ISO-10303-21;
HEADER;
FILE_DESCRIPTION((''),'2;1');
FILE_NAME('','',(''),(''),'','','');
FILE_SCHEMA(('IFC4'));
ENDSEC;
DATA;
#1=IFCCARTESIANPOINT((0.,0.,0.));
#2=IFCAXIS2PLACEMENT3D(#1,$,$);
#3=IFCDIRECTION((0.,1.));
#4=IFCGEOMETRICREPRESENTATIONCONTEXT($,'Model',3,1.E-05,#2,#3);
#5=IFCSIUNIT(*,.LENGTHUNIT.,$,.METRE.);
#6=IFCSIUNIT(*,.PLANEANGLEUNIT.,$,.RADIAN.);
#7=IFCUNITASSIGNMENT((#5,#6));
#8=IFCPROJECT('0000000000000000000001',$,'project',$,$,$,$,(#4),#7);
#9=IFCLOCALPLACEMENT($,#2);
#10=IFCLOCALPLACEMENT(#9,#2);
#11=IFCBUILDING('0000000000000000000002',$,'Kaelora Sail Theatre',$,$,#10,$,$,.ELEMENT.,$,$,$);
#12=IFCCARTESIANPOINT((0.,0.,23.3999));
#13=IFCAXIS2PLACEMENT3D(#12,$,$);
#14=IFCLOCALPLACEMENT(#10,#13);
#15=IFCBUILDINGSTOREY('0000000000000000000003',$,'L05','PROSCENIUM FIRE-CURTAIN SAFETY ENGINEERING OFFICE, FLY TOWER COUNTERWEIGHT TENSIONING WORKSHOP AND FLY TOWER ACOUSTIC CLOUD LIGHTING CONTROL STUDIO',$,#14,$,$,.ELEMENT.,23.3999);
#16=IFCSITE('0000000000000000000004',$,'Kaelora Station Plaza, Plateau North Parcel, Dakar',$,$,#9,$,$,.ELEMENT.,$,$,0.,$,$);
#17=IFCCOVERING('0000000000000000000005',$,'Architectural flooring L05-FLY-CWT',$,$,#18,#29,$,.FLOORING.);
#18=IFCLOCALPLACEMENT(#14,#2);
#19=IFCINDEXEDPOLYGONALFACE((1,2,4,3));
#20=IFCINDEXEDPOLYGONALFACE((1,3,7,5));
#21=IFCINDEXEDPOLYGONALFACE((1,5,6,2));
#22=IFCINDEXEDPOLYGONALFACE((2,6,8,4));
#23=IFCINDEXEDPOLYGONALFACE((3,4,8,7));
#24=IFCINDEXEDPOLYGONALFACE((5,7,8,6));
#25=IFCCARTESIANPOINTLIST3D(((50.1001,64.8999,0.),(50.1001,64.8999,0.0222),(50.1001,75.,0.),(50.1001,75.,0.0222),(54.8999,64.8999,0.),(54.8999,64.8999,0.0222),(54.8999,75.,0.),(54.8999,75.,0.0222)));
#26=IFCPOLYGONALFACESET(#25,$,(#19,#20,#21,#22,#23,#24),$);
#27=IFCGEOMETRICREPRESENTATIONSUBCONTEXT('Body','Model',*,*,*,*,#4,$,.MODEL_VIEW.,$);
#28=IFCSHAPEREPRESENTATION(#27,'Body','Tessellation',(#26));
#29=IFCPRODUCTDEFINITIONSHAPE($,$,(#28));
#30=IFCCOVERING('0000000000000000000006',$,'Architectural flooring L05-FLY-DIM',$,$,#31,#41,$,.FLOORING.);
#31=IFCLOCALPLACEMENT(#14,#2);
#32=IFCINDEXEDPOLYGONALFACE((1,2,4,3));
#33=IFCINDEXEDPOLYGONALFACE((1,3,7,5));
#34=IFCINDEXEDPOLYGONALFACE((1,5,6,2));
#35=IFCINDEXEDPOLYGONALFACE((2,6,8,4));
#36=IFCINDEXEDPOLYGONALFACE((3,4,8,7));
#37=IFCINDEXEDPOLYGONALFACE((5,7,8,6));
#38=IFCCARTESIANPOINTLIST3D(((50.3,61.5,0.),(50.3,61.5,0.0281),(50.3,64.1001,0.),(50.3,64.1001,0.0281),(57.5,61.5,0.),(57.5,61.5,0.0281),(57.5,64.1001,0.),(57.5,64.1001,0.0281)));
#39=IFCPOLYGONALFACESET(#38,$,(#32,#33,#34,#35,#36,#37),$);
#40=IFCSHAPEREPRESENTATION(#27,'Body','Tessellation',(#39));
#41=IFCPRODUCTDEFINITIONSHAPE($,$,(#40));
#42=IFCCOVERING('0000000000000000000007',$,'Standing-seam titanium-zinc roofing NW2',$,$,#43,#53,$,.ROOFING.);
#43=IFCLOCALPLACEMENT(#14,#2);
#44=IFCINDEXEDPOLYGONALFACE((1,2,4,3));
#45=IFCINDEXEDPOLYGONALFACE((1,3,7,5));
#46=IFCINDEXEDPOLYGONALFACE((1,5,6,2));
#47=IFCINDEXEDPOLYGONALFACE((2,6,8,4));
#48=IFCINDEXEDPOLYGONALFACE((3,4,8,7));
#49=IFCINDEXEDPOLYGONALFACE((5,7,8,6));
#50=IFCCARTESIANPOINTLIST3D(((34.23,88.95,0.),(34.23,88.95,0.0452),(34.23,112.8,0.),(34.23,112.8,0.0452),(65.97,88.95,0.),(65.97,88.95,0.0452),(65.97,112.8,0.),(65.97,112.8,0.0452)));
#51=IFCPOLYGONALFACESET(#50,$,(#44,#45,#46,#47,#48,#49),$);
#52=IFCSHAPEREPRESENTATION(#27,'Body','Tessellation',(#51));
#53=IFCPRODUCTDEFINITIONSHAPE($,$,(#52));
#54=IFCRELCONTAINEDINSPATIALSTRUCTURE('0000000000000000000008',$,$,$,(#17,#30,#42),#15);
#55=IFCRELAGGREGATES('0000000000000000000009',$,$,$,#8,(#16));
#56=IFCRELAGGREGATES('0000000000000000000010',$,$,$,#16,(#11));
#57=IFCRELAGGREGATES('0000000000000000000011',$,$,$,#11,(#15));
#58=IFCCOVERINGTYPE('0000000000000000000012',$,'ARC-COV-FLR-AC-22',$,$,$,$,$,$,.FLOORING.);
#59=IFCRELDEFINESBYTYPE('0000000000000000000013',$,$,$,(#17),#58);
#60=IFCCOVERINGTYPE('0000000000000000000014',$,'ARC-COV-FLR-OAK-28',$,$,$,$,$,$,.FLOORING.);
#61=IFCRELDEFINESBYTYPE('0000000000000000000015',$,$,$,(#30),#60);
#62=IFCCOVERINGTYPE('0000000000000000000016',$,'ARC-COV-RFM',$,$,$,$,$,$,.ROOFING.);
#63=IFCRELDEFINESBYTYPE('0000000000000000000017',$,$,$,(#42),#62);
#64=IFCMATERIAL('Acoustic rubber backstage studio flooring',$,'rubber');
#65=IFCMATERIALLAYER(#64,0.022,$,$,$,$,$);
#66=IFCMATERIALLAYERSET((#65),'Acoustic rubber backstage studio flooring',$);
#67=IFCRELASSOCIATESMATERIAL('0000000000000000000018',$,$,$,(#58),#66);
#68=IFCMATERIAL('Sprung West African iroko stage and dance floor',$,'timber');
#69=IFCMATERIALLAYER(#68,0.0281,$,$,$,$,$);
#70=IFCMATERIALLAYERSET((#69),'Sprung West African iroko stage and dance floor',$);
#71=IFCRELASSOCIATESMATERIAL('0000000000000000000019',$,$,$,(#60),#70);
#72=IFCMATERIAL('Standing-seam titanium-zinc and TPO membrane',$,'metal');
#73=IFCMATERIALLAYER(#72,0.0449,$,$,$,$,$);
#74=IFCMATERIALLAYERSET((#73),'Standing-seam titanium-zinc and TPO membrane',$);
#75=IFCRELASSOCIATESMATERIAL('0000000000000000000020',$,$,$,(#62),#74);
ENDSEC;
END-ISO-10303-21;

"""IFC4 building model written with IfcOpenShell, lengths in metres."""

from ifc_helpers import new_model, si_unit, direction, frame, origin, place, context, subcontext, project, spatial, polyline, outline, extrude, material, layer, layer_set, type_object, element, save


model = new_model("IFC4")

# Units and contexts
model_context = context("Model", 3, precision=1e-05, world=origin(), true_north=direction((0.0, 1.0)))
body_context = subcontext(model_context, "Body", "Model", "MODEL_VIEW")
ifc_project = project(units=[si_unit("LENGTHUNIT", "METRE"), si_unit("PLANEANGLEUNIT", "RADIAN")], contexts=[model_context])

# Site, building, storey
site_placement = place(None, origin())
site = spatial("IfcSite", under=ifc_project, at=site_placement, Name="Kaelora Station Plaza, Plateau North Parcel, Dakar", CompositionType="ELEMENT", RefElevation=0.0)
building_placement = place(site_placement, origin())
building = spatial("IfcBuilding", under=site, at=building_placement, Name="Kaelora Sail Theatre", CompositionType="ELEMENT")
storey_placement = place(building_placement, frame((0.0, 0.0, 23.3999)))
storey = spatial("IfcBuildingStorey", under=building, at=storey_placement, Name="L05", Description="PROSCENIUM FIRE-CURTAIN SAFETY ENGINEERING OFFICE, FLY TOWER COUNTERWEIGHT TENSIONING WORKSHOP AND FLY TOWER ACOUSTIC CLOUD LIGHTING CONTROL STUDIO", CompositionType="ELEMENT", Elevation=23.3999)

# Coverings
ifc_material_1 = material(Name="Acoustic rubber backstage studio flooring", Category="rubber")
ifc_layer_1 = layer(ifc_material_1, 0.022)
ifc_layer_set_1 = layer_set([ifc_layer_1], Name="Acoustic rubber backstage studio flooring")
covering_type_1 = type_object("IfcCoveringType", Name="ARC-COV-FLR-AC-22", PredefinedType="FLOORING", material=ifc_layer_set_1)
covering_1_placement = place(storey_placement, origin())
element("IfcCovering", 1, at=covering_1_placement, inside=storey, type_object=covering_type_1, Name="Architectural flooring L05-FLY-CWT", PredefinedType="FLOORING", context=body_context, shape_type="SweptSolid", body=[
    extrude(outline(polyline([(50.1001, 64.8999), (54.8999, 64.8999), (54.8999, 75.0), (50.1001, 75.0), (50.1001, 64.8999)])), origin(), (0.0, 0.0, 1.0), 0.0222),
])
ifc_material_2 = material(Name="Sprung West African iroko stage and dance floor", Category="timber")
ifc_layer_2 = layer(ifc_material_2, 0.0281)
ifc_layer_set_2 = layer_set([ifc_layer_2], Name="Sprung West African iroko stage and dance floor")
covering_type_2 = type_object("IfcCoveringType", Name="ARC-COV-FLR-OAK-28", PredefinedType="FLOORING", material=ifc_layer_set_2)
covering_2_placement = place(storey_placement, origin())
element("IfcCovering", 2, at=covering_2_placement, inside=storey, type_object=covering_type_2, Name="Architectural flooring L05-FLY-DIM", PredefinedType="FLOORING", context=body_context, shape_type="SweptSolid", body=[
    extrude(outline(polyline([(50.3, 61.5), (57.5, 61.5), (57.5, 64.1001), (50.3, 64.1001), (50.3, 61.5)])), origin(), (0.0, 0.0, 1.0), 0.0281),
])
ifc_material_3 = material(Name="Standing-seam titanium-zinc and TPO membrane", Category="metal")
ifc_layer_3 = layer(ifc_material_3, 0.0449)
ifc_layer_set_3 = layer_set([ifc_layer_3], Name="Standing-seam titanium-zinc and TPO membrane")
covering_type_3 = type_object("IfcCoveringType", Name="ARC-COV-RFM", PredefinedType="ROOFING", material=ifc_layer_set_3)
covering_3_placement = place(storey_placement, origin())
element("IfcCovering", 3, at=covering_3_placement, inside=storey, type_object=covering_type_3, Name="Standing-seam titanium-zinc roofing NW2", PredefinedType="ROOFING", context=body_context, shape_type="SweptSolid", body=[
    extrude(outline(polyline([(34.23, 88.95), (65.97, 88.95), (65.97, 112.8), (34.23, 112.8), (34.23, 88.95)])), origin(), (0.0, 0.0, 1.0), 0.0452),
])

save(model, "model.ifc")
